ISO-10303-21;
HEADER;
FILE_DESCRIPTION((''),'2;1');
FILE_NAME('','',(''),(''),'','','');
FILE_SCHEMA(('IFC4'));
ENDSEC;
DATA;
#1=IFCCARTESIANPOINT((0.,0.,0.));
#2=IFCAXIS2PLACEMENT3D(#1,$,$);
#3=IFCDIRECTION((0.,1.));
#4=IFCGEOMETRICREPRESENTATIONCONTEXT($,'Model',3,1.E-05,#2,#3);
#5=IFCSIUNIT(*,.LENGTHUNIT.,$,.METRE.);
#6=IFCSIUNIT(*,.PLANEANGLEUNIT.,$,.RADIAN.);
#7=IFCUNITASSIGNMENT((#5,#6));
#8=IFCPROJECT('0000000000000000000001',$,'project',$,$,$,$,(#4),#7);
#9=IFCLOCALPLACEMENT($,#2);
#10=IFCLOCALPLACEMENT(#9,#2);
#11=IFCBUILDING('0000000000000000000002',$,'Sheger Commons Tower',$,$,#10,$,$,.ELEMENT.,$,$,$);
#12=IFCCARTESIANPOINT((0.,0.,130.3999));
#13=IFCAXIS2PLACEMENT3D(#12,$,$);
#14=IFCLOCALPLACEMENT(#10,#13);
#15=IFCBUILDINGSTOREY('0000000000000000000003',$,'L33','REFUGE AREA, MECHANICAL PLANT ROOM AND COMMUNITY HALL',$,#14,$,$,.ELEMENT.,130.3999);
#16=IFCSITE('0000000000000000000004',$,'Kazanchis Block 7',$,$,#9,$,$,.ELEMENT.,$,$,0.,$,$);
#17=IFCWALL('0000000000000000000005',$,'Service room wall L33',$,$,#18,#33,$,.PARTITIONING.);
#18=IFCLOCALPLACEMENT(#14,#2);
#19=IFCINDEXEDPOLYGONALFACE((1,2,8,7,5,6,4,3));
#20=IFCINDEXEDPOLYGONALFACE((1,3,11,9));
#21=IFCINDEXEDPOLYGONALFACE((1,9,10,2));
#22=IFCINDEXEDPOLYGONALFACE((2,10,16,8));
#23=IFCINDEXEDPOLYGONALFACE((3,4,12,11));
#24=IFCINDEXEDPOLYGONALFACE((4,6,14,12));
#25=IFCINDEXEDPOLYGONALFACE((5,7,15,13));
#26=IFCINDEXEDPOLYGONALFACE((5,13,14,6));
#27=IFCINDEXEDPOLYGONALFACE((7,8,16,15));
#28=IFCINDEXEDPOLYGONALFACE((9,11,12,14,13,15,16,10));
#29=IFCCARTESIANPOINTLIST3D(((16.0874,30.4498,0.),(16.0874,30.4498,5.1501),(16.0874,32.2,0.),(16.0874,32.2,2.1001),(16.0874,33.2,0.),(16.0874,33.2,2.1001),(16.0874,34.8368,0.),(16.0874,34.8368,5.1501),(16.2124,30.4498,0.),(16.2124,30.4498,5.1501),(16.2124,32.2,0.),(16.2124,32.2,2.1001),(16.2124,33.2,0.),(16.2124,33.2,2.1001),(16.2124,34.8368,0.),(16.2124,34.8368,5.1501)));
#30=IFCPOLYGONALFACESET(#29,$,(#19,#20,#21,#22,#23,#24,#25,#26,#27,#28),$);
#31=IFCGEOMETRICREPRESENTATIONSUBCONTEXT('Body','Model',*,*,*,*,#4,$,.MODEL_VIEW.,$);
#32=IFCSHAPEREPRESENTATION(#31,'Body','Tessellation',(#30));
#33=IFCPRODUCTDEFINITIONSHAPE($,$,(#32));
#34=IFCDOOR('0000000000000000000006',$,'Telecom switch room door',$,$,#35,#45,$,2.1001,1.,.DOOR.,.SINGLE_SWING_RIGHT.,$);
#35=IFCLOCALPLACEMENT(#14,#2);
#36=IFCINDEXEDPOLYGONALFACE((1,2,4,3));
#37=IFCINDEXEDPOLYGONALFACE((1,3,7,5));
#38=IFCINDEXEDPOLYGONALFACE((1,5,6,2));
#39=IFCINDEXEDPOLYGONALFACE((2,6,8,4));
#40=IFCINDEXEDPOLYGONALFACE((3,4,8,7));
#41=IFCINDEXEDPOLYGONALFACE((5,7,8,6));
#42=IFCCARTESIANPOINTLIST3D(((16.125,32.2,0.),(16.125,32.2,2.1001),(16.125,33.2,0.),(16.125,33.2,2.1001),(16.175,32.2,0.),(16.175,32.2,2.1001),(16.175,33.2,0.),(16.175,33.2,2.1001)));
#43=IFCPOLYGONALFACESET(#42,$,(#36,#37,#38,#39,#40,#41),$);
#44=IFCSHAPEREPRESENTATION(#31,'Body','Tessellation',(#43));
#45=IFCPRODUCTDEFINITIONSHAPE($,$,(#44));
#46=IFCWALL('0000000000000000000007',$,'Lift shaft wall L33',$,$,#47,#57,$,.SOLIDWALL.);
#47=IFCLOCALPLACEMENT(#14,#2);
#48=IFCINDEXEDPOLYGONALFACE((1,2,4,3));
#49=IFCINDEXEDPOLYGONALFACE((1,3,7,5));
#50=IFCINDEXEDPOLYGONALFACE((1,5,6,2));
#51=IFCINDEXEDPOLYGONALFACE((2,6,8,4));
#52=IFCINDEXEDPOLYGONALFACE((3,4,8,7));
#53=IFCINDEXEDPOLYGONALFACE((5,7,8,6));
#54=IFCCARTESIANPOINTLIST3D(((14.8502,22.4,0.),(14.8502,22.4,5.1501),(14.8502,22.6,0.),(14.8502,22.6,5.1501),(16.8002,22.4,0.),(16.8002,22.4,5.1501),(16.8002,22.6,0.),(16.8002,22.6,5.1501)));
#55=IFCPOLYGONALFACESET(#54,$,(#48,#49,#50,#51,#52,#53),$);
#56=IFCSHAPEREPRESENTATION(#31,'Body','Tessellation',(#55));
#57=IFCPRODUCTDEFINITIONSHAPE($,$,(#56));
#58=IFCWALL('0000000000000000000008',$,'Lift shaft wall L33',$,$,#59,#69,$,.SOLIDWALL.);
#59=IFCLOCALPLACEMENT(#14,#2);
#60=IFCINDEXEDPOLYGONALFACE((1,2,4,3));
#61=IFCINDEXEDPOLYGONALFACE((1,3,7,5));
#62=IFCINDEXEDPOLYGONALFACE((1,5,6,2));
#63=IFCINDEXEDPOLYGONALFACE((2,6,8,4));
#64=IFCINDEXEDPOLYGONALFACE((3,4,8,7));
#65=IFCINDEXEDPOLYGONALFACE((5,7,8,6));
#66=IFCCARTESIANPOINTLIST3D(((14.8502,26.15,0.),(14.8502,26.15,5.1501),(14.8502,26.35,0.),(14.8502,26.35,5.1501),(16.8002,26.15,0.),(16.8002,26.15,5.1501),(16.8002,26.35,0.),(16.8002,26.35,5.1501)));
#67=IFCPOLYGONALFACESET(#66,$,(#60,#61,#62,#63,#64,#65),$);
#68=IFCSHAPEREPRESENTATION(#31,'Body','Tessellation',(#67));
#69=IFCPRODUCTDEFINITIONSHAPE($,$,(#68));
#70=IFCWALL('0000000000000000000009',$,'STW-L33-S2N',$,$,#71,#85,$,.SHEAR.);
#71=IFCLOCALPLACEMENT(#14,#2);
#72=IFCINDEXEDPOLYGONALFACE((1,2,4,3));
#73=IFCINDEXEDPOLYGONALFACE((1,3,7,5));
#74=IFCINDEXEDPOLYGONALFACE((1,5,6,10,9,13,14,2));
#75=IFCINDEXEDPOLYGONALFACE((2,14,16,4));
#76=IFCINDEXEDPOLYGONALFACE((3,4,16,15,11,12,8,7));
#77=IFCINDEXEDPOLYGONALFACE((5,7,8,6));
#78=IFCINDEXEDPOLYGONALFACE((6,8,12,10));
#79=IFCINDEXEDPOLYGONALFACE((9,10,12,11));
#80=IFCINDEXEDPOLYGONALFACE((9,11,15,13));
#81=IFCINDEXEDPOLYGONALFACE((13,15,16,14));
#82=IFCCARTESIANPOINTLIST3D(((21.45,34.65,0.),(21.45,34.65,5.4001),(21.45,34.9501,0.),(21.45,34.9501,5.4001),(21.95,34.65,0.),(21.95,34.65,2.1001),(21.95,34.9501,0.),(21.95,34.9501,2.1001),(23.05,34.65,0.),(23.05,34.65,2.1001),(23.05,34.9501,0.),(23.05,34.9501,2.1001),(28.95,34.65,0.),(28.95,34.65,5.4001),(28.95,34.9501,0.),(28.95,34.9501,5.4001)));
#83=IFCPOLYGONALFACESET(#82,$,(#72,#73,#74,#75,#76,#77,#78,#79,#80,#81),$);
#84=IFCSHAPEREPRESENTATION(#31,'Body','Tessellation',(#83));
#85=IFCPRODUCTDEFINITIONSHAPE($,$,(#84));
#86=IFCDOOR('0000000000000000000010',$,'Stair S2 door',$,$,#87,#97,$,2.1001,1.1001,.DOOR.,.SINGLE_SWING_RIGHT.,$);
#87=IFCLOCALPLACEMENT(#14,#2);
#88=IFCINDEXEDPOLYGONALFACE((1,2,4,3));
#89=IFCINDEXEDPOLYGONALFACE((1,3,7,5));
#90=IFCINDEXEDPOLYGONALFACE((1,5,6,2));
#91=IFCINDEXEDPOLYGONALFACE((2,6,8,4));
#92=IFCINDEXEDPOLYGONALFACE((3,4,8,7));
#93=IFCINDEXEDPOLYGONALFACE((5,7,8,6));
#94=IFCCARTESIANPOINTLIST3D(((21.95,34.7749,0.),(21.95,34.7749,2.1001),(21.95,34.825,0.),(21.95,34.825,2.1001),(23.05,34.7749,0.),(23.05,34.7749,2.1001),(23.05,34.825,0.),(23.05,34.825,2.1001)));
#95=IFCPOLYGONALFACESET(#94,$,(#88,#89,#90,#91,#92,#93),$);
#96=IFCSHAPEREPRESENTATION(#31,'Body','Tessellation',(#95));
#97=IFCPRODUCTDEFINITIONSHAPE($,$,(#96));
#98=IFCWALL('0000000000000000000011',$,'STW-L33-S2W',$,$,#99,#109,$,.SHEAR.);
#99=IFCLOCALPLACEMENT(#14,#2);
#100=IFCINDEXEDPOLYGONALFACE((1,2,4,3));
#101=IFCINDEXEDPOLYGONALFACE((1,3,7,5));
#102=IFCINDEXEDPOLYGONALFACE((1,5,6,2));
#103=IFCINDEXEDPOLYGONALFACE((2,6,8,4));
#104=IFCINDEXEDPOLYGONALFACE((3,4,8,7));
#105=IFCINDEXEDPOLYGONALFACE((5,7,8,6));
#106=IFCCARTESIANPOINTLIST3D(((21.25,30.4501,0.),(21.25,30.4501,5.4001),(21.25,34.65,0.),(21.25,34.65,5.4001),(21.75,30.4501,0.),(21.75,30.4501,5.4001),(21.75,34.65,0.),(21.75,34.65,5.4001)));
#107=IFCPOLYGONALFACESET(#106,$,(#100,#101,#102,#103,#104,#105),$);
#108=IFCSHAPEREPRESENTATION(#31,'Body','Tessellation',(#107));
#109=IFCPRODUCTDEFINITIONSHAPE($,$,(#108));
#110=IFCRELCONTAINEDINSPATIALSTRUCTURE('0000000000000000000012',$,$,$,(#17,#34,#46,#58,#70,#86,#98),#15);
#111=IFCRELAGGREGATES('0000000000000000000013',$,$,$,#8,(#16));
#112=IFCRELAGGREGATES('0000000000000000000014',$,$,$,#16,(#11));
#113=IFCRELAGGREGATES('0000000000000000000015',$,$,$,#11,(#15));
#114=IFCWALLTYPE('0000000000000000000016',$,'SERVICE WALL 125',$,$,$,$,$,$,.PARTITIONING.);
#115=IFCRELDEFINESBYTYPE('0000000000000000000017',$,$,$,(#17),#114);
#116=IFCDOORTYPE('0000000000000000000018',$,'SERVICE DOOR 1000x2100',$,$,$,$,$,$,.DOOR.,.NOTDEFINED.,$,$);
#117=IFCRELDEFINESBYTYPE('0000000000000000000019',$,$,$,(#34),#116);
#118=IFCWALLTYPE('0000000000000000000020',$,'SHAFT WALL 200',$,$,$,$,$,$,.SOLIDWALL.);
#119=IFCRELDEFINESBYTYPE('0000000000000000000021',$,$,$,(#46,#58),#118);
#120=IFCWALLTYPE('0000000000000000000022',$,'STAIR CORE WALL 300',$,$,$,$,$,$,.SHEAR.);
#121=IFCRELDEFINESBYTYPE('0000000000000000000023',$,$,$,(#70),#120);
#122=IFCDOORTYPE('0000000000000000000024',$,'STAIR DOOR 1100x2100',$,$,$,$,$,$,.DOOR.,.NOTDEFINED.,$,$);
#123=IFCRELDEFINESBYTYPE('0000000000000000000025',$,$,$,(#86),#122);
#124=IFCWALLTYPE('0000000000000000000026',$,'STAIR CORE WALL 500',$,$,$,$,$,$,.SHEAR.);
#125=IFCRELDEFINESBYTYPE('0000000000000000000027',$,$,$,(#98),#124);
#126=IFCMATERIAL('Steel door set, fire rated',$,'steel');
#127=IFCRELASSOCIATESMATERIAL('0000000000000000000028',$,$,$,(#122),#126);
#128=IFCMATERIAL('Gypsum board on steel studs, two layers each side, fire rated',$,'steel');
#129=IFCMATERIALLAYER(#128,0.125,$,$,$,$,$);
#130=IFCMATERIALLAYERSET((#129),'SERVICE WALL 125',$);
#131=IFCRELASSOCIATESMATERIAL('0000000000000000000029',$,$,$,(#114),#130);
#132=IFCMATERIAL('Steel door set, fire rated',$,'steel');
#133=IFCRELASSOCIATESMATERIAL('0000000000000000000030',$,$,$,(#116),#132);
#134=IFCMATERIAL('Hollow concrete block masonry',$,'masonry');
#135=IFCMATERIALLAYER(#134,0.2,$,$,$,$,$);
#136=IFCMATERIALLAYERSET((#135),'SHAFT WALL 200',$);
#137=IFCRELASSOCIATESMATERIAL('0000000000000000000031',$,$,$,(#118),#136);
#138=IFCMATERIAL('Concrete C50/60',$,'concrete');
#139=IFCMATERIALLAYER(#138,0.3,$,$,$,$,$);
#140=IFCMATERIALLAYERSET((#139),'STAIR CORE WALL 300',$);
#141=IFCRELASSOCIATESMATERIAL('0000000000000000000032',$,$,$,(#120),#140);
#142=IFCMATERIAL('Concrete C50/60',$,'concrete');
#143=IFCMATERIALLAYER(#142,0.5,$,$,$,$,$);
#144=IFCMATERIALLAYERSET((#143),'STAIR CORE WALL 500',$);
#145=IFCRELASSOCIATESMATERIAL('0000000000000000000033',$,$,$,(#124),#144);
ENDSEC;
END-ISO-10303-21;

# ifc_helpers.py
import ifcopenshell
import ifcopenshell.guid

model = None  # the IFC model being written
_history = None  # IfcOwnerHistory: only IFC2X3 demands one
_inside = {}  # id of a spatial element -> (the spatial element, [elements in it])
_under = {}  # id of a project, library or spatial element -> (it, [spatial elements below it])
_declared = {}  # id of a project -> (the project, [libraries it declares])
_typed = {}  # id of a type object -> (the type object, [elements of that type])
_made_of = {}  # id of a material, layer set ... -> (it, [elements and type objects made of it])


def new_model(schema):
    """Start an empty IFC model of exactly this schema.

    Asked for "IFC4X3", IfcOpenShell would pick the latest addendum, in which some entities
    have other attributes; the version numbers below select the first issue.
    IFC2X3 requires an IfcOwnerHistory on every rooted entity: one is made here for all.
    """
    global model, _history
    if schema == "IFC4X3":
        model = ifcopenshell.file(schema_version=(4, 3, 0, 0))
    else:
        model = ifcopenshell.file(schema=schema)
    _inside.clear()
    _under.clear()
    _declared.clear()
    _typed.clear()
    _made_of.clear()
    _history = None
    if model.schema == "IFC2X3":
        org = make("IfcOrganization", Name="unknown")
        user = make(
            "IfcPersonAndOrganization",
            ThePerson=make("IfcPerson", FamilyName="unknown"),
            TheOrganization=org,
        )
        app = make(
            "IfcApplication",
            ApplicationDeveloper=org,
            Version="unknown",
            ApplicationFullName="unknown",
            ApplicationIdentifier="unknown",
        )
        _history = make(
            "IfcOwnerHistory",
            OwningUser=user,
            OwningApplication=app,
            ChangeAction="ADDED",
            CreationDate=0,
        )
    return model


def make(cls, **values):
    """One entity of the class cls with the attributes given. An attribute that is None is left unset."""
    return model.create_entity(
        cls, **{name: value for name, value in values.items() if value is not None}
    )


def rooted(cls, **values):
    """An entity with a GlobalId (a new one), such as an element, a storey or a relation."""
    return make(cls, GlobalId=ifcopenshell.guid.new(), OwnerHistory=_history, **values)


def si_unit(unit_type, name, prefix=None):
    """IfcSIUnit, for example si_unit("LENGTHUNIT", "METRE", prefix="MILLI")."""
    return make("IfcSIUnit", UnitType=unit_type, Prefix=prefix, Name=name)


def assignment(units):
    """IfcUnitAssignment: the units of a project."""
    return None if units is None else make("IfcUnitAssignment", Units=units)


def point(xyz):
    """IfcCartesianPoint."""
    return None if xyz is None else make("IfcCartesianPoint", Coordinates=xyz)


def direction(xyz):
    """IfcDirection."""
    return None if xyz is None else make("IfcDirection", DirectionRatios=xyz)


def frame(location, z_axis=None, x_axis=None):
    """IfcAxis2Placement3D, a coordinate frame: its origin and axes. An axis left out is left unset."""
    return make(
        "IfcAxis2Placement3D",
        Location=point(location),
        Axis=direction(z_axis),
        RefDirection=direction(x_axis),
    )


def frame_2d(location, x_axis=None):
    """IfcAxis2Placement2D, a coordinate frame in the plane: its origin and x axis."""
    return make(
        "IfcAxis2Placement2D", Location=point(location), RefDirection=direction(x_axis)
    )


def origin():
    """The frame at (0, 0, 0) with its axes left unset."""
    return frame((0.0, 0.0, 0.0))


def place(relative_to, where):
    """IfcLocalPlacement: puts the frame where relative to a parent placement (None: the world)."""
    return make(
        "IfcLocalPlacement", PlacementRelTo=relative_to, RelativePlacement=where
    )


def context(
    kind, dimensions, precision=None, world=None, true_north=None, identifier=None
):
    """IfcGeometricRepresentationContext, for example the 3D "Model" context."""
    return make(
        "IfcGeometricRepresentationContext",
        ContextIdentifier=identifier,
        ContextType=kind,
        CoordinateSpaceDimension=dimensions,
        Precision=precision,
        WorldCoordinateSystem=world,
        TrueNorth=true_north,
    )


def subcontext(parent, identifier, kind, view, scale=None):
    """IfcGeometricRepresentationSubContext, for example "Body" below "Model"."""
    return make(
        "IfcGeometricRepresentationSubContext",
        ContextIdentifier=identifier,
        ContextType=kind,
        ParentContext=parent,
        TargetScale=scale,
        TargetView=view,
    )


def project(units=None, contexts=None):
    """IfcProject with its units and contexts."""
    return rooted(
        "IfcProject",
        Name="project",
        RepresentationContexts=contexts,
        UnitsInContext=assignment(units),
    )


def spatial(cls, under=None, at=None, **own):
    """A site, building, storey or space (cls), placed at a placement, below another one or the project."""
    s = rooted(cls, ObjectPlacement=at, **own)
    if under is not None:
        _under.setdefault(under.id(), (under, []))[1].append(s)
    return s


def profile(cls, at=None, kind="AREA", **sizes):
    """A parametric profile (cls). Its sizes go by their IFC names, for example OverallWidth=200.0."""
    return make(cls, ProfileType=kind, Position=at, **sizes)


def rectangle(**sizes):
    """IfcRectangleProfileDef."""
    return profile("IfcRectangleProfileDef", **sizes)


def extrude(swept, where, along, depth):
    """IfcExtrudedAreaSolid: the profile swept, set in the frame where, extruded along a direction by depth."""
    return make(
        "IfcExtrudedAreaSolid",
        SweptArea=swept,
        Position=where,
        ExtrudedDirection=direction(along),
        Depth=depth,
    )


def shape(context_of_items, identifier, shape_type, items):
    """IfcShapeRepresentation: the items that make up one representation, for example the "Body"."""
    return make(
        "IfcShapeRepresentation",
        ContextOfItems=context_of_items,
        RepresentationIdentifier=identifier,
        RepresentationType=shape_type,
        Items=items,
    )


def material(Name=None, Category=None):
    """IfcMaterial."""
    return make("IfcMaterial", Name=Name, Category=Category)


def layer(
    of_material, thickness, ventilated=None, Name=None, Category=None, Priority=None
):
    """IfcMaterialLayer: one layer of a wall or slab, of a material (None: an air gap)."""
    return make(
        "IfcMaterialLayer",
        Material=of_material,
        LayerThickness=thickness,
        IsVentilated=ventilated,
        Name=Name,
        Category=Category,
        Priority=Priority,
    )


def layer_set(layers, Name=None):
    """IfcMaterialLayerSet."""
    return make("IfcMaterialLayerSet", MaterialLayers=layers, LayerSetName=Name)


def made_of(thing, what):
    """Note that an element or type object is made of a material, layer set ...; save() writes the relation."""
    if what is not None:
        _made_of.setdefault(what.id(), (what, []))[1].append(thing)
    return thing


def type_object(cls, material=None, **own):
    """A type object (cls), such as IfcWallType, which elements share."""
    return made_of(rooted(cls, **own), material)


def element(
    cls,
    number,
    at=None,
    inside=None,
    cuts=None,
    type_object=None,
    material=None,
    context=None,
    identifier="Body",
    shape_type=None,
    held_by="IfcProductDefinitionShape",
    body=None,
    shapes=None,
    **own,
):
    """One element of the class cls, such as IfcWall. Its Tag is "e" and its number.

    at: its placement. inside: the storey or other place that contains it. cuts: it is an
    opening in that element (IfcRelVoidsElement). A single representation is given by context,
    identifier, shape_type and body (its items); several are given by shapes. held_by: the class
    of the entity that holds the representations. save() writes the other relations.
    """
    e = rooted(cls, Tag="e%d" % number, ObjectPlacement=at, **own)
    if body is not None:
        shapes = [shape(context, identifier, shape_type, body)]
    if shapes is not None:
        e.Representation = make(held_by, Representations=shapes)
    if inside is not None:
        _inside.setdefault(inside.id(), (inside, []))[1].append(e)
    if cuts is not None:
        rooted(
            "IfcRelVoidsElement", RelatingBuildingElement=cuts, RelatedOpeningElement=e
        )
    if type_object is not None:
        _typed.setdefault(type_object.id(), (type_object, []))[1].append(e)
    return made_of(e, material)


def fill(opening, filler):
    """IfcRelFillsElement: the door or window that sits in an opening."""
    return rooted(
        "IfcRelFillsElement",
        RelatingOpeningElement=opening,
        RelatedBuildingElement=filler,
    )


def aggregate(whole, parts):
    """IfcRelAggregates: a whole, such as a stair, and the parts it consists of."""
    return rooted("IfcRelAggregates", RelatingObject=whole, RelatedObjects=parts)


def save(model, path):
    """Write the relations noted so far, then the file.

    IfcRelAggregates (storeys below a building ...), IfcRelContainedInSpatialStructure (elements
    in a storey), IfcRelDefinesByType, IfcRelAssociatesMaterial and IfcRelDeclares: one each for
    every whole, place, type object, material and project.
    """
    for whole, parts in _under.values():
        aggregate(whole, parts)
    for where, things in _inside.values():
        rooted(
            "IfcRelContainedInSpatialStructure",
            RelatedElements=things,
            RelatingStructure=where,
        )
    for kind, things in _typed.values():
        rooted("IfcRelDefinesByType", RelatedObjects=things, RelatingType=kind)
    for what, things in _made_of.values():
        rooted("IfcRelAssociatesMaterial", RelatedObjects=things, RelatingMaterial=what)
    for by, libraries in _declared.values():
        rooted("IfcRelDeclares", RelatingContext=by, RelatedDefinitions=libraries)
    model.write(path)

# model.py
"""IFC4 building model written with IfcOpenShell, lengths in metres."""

from ifc_helpers import new_model, si_unit, direction, frame, frame_2d, origin, place, context, subcontext, project, spatial, rectangle, extrude, material, layer, layer_set, type_object, element, fill, save


model = new_model("IFC4")

# Units and contexts
model_context = context("Model", 3, precision=1e-05, world=origin(), true_north=direction((0.0, 1.0)))
body_context = subcontext(model_context, "Body", "Model", "MODEL_VIEW")
ifc_project = project(units=[si_unit("LENGTHUNIT", "METRE"), si_unit("PLANEANGLEUNIT", "RADIAN")], contexts=[model_context])

# Site, building, storey
site_placement = place(None, origin())
site = spatial("IfcSite", under=ifc_project, at=site_placement, Name="Kazanchis Block 7", CompositionType="ELEMENT", RefElevation=0.0)
building_placement = place(site_placement, origin())
building = spatial("IfcBuilding", under=site, at=building_placement, Name="Sheger Commons Tower", CompositionType="ELEMENT")
storey_placement = place(building_placement, frame((0.0, 0.0, 130.3999)))
storey = spatial("IfcBuildingStorey", under=building, at=storey_placement, Name="L33", Description="REFUGE AREA, MECHANICAL PLANT ROOM AND COMMUNITY HALL", CompositionType="ELEMENT", Elevation=130.3999)

# Shared definitions
ifc_material_1 = material(Name="Steel door set, fire rated", Category="steel")
door_type_1 = type_object("IfcDoorType", Name="STAIR DOOR 1100x2100", OperationType="NOTDEFINED", PredefinedType="DOOR", material=ifc_material_1)

# Shared definitions
ifc_material_2 = material(Name="Gypsum board on steel studs, two layers each side, fire rated", Category="steel")
ifc_layer_1 = layer(ifc_material_2, 0.125)
ifc_layer_set_1 = layer_set([ifc_layer_1], Name="SERVICE WALL 125")
wall_type_1 = type_object("IfcWallType", Name="SERVICE WALL 125", PredefinedType="PARTITIONING", material=ifc_layer_set_1)

# Wall, opening, door
wall_1_placement = place(storey_placement, frame((16.1499, 30.45, 0.0), z_axis=(0.0, 0.0, 1.0), x_axis=(0.0, 1.0, 0.0)))
wall_1 = element("IfcWall", 1, at=wall_1_placement, inside=storey, type_object=wall_type_1, Name="Service room wall L33", PredefinedType="PARTITIONING", context=body_context, shape_type="SweptSolid", body=[
    extrude(rectangle(XDim=4.387, YDim=0.125, at=frame_2d((2.1934, 0.0))), origin(), (0.0, 0.0, 1.0), 5.1501),
])
opening_1_placement = place(wall_1_placement, frame((1.75, 0.0, 0.0)))
opening_1 = element("IfcOpeningElement", 2, at=opening_1_placement, cuts=wall_1, PredefinedType="OPENING", context=body_context, shape_type="SweptSolid", body=[
    extrude(rectangle(XDim=1.0, YDim=2.1001, at=frame_2d((0.5, 1.05))), frame((0.0, 0.0725, 0.0), z_axis=(0.0, -1.0, 0.0), x_axis=(1.0, 0.0, 0.0)), (0.0, 0.0, 1.0), 0.145),
])
ifc_material_3 = material(Name="Steel door set, fire rated", Category="steel")
door_type_2 = type_object("IfcDoorType", Name="SERVICE DOOR 1000x2100", OperationType="NOTDEFINED", PredefinedType="DOOR", material=ifc_material_3)
door_1_placement = place(opening_1_placement, origin())
door_1 = element("IfcDoor", 3, at=door_1_placement, inside=storey, type_object=door_type_2, Name="Telecom switch room door", OperationType="SINGLE_SWING_RIGHT", OverallHeight=2.1001, OverallWidth=1.0, PredefinedType="DOOR", context=body_context, shape_type="SweptSolid", body=[
    extrude(rectangle(XDim=1.0, YDim=2.1001, at=frame_2d((0.5, 1.05))), frame((0.0, 0.0249, 0.0), z_axis=(0.0, -1.0, 0.0), x_axis=(1.0, 0.0, 0.0)), (0.0, 0.0, 1.0), 0.05),
])
fill(opening_1, door_1)

# Walls
ifc_material_4 = material(Name="Hollow concrete block masonry", Category="masonry")
ifc_layer_2 = layer(ifc_material_4, 0.2)
ifc_layer_set_2 = layer_set([ifc_layer_2], Name="SHAFT WALL 200")
wall_type_2 = type_object("IfcWallType", Name="SHAFT WALL 200", PredefinedType="SOLIDWALL", material=ifc_layer_set_2)
for number, where, z_axis, x_axis, name in (
    (4, (14.8501, 22.5, 0.0), (0.0, 0.0, 1.0), (1.0, 0.0, 0.0), "Lift shaft wall L33"),
    (5, (14.8501, 26.25, 0.0), (0.0, 0.0, 1.0), (1.0, 0.0, 0.0), "Lift shaft wall L33"),
):
    element("IfcWall", number, at=place(storey_placement, frame(where, z_axis=z_axis, x_axis=x_axis)), inside=storey, type_object=wall_type_2, Name=name, PredefinedType="SOLIDWALL", context=body_context, shape_type="SweptSolid", body=[
        extrude(rectangle(XDim=1.95, YDim=0.2, at=frame_2d((0.9751, 0.0))), origin(), (0.0, 0.0, 1.0), 5.1501),
    ])

# Wall, opening, door
ifc_material_5 = material(Name="Concrete C50/60", Category="concrete")
ifc_layer_3 = layer(ifc_material_5, 0.3)
ifc_layer_set_3 = layer_set([ifc_layer_3], Name="STAIR CORE WALL 300")
wall_type_3 = type_object("IfcWallType", Name="STAIR CORE WALL 300", PredefinedType="SHEAR", material=ifc_layer_set_3)
wall_2_placement = place(storey_placement, frame((21.45, 34.8, 0.0), z_axis=(0.0, 0.0, 1.0), x_axis=(1.0, 0.0, 0.0)))
wall_2 = element("IfcWall", 6, at=wall_2_placement, inside=storey, type_object=wall_type_3, Name="STW-L33-S2N", PredefinedType="SHEAR", context=body_context, shape_type="SweptSolid", body=[
    extrude(rectangle(XDim=7.5, YDim=0.3, at=frame_2d((3.75, 0.0))), origin(), (0.0, 0.0, 1.0), 5.4001),
])
opening_2_placement = place(wall_2_placement, frame((0.5, 0.0, 0.0)))
opening_2 = element("IfcOpeningElement", 7, at=opening_2_placement, cuts=wall_2, PredefinedType="OPENING", context=body_context, shape_type="SweptSolid", body=[
    extrude(rectangle(XDim=1.1001, YDim=2.1001, at=frame_2d((0.55, 1.05))), frame((0.0, 0.1599, 0.0), z_axis=(0.0, -1.0, 0.0), x_axis=(1.0, 0.0, 0.0)), (0.0, 0.0, 1.0), 0.3201),
])
door_2_placement = place(opening_2_placement, origin())
door_2 = element("IfcDoor", 8, at=door_2_placement, inside=storey, type_object=door_type_1, Name="Stair S2 door", OperationType="SINGLE_SWING_RIGHT", OverallHeight=2.1001, OverallWidth=1.1001, PredefinedType="DOOR", context=body_context, shape_type="SweptSolid", body=[
    extrude(rectangle(XDim=1.1001, YDim=2.1001, at=frame_2d((0.55, 1.05))), frame((0.0, 0.0249, 0.0), z_axis=(0.0, -1.0, 0.0), x_axis=(1.0, 0.0, 0.0)), (0.0, 0.0, 1.0), 0.05),
])
fill(opening_2, door_2)

# Wall
ifc_material_6 = material(Name="Concrete C50/60", Category="concrete")
ifc_layer_4 = layer(ifc_material_6, 0.5)
ifc_layer_set_4 = layer_set([ifc_layer_4], Name="STAIR CORE WALL 500")
wall_type_4 = type_object("IfcWallType", Name="STAIR CORE WALL 500", PredefinedType="SHEAR", material=ifc_layer_set_4)
wall_3_placement = place(storey_placement, frame((21.5, 30.45, 0.0), z_axis=(0.0, 0.0, 1.0), x_axis=(0.0, 1.0, 0.0)))
element("IfcWall", 9, at=wall_3_placement, inside=storey, type_object=wall_type_4, Name="STW-L33-S2W", PredefinedType="SHEAR", context=body_context, shape_type="SweptSolid", body=[
    extrude(rectangle(XDim=4.2, YDim=0.5, at=frame_2d((2.1001, 0.0))), origin(), (0.0, 0.0, 1.0), 5.4001),
])

save(model, "model.ifc")
